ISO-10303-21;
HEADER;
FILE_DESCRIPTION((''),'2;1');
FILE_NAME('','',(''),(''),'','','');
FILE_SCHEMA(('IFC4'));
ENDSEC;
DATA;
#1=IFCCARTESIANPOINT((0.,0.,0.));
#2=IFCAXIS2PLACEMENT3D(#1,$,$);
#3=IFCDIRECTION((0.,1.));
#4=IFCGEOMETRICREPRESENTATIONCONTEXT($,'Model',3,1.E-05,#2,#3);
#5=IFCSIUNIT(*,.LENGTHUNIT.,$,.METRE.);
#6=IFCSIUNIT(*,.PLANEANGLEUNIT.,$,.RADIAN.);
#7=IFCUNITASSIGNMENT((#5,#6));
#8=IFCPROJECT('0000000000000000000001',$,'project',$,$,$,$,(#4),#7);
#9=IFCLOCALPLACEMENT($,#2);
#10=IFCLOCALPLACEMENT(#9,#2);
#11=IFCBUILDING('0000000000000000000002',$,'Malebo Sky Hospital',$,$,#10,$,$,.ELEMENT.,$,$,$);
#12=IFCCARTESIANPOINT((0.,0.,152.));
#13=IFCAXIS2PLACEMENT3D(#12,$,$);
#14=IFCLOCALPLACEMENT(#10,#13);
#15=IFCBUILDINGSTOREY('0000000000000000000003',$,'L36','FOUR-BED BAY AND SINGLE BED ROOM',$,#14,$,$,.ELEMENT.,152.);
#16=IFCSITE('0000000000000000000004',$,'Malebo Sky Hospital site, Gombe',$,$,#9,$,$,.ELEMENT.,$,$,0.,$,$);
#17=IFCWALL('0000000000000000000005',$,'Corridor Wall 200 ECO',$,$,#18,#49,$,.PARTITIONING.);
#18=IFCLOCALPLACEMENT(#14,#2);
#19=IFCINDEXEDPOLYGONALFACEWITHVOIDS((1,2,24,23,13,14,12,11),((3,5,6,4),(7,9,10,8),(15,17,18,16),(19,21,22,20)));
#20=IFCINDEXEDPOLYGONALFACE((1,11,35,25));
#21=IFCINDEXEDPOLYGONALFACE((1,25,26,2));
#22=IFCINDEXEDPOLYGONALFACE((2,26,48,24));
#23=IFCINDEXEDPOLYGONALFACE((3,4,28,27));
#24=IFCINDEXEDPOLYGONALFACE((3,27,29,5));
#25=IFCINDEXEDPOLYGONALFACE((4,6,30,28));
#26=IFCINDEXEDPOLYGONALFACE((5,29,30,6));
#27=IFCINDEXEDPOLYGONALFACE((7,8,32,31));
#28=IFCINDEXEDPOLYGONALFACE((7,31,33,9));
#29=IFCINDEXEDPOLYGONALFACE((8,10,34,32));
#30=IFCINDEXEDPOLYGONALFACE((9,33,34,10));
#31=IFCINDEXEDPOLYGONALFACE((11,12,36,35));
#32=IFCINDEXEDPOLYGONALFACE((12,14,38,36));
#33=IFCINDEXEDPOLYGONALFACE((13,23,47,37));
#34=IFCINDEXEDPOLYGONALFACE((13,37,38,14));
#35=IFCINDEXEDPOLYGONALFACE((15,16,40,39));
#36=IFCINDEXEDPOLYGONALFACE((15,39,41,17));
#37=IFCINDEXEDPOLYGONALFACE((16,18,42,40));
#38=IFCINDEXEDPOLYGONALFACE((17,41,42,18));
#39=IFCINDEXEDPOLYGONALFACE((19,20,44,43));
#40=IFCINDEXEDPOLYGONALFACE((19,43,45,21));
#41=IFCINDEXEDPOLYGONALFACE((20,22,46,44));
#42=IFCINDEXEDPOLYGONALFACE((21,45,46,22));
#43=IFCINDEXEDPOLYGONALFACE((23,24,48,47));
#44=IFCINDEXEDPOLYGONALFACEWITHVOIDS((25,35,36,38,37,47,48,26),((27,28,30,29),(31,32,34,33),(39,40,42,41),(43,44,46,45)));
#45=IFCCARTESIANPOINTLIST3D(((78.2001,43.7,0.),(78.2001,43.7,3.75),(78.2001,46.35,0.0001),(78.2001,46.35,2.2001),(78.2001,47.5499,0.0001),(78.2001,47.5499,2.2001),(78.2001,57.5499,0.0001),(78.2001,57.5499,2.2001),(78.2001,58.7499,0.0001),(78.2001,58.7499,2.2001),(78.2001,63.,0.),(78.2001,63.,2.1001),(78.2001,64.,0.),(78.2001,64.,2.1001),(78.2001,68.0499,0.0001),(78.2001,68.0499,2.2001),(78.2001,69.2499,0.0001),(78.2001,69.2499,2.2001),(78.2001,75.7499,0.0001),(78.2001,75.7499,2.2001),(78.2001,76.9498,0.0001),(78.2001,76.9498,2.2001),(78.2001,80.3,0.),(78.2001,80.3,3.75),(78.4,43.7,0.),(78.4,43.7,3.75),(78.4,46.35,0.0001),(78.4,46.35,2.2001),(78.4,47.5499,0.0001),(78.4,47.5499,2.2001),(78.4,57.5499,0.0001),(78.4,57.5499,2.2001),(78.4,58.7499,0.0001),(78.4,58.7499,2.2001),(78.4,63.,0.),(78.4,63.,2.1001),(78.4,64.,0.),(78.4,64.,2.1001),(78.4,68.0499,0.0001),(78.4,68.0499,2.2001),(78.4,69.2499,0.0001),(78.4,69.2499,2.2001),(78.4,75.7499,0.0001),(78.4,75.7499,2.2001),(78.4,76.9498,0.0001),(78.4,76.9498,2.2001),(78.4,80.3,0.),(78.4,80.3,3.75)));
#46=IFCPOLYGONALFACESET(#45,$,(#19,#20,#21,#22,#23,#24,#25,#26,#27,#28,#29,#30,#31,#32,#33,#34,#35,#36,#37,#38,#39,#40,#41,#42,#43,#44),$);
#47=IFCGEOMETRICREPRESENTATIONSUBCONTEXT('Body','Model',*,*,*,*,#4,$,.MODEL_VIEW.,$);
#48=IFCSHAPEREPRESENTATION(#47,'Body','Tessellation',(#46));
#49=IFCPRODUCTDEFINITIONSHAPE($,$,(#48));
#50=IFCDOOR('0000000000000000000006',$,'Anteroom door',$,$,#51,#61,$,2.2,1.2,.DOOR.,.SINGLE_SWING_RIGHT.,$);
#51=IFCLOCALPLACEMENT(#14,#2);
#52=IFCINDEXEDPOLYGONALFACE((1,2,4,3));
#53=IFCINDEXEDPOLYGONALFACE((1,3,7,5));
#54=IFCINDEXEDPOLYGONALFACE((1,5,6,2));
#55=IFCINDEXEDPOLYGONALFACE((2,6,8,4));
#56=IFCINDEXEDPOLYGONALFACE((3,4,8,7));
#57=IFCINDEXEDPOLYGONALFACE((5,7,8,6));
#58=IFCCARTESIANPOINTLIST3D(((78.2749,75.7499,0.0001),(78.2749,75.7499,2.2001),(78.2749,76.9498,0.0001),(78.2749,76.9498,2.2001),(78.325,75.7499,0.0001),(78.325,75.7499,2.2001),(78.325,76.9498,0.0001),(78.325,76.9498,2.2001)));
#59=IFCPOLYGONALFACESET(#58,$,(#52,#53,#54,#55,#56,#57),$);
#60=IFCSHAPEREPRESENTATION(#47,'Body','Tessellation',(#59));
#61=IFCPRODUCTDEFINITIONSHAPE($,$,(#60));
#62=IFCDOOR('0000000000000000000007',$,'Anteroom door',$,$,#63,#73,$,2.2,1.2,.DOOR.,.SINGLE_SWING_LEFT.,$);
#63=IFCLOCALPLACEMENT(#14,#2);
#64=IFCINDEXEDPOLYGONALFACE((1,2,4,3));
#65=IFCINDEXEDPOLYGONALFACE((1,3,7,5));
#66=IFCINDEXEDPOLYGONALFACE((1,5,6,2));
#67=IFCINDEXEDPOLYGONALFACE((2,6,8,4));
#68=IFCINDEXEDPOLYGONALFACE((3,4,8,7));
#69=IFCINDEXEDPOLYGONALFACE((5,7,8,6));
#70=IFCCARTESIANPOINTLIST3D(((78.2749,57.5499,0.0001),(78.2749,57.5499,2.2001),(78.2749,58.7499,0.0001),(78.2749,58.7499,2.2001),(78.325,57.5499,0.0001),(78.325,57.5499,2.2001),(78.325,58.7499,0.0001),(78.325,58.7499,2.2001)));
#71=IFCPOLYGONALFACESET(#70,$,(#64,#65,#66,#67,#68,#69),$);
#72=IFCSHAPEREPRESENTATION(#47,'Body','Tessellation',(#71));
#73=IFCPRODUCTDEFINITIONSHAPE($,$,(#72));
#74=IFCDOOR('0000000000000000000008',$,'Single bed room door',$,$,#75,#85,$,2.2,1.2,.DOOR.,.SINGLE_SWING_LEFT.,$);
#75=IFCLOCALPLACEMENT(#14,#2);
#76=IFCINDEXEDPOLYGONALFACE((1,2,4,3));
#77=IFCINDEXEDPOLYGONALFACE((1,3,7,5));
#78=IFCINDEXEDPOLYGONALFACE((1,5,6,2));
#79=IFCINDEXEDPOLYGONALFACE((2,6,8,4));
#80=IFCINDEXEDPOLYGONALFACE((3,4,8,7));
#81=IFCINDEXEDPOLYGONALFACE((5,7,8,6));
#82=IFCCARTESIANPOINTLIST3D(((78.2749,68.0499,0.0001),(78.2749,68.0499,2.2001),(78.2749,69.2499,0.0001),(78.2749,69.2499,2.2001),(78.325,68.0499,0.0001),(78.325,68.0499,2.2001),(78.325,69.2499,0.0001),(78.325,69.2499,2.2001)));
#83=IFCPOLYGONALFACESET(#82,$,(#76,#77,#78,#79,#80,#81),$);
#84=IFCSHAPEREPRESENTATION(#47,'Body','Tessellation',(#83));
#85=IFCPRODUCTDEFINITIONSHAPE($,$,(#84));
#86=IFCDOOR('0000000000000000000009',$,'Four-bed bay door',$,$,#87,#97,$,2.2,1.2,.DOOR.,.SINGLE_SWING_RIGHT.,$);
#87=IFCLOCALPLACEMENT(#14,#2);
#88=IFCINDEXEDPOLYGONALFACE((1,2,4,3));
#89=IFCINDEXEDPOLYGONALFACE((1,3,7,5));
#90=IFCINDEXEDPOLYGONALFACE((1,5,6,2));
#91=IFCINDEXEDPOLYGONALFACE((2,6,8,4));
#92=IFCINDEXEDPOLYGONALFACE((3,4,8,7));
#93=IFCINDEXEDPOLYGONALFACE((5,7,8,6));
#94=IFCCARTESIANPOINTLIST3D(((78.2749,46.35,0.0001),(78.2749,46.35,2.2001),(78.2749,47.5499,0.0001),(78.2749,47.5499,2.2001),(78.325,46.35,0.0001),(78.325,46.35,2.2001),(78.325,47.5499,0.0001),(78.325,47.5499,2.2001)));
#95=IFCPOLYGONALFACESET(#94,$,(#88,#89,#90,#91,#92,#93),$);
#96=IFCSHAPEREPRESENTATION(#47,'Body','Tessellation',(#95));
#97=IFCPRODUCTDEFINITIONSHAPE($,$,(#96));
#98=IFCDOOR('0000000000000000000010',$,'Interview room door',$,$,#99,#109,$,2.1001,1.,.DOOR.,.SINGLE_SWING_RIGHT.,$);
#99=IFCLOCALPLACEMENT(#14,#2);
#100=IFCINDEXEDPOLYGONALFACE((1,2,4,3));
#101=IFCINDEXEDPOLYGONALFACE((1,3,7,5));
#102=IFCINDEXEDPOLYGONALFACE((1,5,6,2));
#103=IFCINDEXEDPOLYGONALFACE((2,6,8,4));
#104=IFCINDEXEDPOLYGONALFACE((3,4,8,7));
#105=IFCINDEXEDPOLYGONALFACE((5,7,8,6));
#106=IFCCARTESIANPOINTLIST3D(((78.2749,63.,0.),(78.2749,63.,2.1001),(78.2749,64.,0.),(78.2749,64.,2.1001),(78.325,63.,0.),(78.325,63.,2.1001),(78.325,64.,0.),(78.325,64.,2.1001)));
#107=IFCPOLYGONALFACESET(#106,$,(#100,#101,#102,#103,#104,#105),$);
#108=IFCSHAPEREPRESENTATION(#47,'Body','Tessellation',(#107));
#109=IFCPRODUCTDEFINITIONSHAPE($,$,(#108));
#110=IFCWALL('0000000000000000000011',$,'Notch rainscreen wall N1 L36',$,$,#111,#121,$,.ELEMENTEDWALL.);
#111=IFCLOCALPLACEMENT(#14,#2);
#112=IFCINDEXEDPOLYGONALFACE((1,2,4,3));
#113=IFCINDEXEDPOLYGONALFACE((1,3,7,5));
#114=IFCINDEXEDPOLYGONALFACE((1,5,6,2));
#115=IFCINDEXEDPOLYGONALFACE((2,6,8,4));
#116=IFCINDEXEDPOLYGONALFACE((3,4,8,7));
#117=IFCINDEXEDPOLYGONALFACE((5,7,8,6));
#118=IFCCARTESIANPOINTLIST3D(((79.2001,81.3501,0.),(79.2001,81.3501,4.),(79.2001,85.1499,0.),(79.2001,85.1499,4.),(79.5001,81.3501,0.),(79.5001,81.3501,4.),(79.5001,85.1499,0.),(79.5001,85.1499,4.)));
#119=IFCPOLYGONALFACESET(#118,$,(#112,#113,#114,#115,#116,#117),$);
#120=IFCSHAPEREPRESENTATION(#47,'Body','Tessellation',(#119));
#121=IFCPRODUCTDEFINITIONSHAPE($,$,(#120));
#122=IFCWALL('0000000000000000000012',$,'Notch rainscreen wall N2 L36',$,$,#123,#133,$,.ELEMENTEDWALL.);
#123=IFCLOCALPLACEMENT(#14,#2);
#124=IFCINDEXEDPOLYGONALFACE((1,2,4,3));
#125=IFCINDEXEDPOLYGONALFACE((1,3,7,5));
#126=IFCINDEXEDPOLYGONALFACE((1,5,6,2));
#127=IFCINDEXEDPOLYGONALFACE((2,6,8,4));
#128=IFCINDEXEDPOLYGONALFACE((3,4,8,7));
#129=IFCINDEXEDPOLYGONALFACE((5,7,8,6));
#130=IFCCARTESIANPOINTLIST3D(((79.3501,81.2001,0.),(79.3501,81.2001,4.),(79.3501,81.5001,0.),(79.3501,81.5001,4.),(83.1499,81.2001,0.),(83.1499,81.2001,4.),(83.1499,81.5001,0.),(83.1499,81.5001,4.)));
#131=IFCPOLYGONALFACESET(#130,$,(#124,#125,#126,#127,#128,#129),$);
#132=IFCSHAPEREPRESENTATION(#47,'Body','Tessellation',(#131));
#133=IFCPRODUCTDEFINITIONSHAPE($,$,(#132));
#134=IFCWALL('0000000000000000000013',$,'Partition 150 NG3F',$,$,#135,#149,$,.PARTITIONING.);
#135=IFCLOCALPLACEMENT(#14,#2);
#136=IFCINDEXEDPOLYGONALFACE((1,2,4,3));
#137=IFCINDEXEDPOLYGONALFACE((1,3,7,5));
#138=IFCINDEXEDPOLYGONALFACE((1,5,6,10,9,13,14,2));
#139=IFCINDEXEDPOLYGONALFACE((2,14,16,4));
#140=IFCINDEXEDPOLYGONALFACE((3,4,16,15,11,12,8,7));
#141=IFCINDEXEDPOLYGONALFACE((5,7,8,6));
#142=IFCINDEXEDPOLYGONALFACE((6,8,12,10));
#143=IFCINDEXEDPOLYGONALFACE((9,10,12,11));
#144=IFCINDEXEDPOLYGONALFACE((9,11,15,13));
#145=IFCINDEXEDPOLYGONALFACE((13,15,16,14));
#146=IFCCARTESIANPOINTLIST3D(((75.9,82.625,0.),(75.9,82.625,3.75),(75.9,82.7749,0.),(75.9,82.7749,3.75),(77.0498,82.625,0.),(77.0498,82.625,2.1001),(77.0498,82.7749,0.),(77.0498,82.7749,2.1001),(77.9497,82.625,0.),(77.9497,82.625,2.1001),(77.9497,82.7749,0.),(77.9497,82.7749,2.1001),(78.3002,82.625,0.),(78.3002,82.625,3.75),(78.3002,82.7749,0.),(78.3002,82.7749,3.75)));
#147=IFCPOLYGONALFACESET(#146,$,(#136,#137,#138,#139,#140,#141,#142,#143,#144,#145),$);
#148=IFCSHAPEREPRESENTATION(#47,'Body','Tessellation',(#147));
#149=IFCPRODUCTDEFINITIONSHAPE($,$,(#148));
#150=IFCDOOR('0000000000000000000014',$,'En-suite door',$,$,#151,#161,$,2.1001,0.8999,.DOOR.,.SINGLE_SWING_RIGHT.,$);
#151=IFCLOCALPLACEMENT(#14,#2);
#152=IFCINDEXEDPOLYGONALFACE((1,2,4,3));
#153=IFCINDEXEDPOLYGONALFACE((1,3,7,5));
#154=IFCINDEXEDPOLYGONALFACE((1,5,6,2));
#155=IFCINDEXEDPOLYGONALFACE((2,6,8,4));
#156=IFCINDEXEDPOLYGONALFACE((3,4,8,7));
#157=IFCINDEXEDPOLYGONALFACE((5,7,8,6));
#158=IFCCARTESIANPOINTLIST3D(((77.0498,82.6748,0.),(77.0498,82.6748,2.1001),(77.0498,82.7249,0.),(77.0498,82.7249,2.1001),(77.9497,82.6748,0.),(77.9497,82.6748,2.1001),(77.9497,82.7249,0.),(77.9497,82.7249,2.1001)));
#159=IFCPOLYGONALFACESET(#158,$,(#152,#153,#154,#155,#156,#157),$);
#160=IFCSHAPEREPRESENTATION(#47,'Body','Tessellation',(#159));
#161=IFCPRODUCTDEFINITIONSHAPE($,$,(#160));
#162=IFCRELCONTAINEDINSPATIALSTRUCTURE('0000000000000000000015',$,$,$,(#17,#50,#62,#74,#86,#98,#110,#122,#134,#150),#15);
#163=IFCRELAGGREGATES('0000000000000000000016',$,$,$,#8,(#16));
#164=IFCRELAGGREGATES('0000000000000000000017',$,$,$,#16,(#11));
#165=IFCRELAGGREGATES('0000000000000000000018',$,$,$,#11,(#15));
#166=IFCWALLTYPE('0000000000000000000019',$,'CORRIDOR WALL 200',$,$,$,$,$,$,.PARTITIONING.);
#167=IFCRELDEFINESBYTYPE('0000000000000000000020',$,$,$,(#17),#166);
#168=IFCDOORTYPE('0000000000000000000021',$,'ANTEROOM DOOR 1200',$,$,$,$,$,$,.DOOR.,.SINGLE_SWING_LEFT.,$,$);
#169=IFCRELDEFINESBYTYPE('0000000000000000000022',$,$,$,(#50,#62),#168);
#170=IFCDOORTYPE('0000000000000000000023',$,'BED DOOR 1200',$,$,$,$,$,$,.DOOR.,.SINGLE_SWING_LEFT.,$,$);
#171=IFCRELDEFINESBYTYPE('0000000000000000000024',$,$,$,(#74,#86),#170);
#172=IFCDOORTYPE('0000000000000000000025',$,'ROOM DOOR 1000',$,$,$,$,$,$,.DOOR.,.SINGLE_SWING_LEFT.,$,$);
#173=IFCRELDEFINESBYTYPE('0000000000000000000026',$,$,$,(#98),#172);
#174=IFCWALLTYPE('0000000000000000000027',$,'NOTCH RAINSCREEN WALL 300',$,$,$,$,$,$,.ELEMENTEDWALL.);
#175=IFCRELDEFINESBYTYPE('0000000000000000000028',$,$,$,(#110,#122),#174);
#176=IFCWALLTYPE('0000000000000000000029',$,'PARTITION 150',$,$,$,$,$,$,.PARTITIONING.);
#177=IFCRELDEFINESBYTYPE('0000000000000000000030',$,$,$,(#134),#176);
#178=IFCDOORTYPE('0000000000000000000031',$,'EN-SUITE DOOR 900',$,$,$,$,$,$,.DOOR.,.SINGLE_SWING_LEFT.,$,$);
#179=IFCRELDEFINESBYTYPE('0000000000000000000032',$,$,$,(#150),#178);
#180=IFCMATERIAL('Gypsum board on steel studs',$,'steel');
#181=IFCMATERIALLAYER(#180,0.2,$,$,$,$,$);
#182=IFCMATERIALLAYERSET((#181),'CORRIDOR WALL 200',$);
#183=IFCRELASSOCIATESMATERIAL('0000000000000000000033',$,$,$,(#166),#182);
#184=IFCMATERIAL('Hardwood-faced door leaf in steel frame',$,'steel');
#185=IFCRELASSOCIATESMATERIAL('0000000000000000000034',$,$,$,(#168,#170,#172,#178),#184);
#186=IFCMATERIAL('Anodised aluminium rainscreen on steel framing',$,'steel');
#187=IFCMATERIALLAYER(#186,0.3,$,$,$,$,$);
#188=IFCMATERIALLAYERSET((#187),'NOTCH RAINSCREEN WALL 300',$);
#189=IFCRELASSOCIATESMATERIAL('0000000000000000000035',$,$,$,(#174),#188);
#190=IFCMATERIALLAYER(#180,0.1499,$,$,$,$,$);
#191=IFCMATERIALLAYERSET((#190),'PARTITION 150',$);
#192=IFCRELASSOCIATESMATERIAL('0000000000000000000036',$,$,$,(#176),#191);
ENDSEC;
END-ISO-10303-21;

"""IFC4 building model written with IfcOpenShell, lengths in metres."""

from ifc_helpers import new_model, si_unit, direction, frame, frame_2d, origin, place, context, subcontext, project, spatial, rectangle, extrude, material, layer, layer_set, type_object, element, fill, save


model = new_model("IFC4")

# Units and contexts
model_context = context("Model", 3, precision=1e-05, world=origin(), true_north=direction((0.0, 1.0)))
body_context = subcontext(model_context, "Body", "Model", "MODEL_VIEW")
ifc_project = project(units=[si_unit("LENGTHUNIT", "METRE"), si_unit("PLANEANGLEUNIT", "RADIAN")], contexts=[model_context])

# Site, building, storey
site_placement = place(None, origin())
site = spatial("IfcSite", under=ifc_project, at=site_placement, Name="Malebo Sky Hospital site, Gombe", CompositionType="ELEMENT", RefElevation=0.0)
building_placement = place(site_placement, origin())
building = spatial("IfcBuilding", under=site, at=building_placement, Name="Malebo Sky Hospital", CompositionType="ELEMENT")
storey_placement = place(building_placement, frame((0.0, 0.0, 152.0)))
storey = spatial("IfcBuildingStorey", under=building, at=storey_placement, Name="L36", Description="FOUR-BED BAY AND SINGLE BED ROOM", CompositionType="ELEMENT", Elevation=152.0)

# Wall, openings, doors
ifc_material_1 = material(Name="Gypsum board on steel studs", Category="steel")
ifc_layer_1 = layer(ifc_material_1, 0.2)
ifc_layer_set_1 = layer_set([ifc_layer_1], Name="CORRIDOR WALL 200")
wall_type_1 = type_object("IfcWallType", Name="CORRIDOR WALL 200", PredefinedType="PARTITIONING", material=ifc_layer_set_1)
wall_1_placement = place(storey_placement, frame((78.3, 80.3, 0.0), z_axis=(0.0, 0.0, 1.0), x_axis=(0.0, -1.0, 0.0)))
wall_1 = element("IfcWall", 1, at=wall_1_placement, inside=storey, type_object=wall_type_1, Name="Corridor Wall 200 ECO", PredefinedType="PARTITIONING", context=body_context, shape_type="SweptSolid", body=[
    extrude(rectangle(XDim=36.6001, YDim=0.2, at=frame_2d((18.3, 0.0))), origin(), (0.0, 0.0, 1.0), 3.75),
])
opening_1_placement = place(wall_1_placement, frame((3.3501, 0.0, 0.0)))
opening_1 = element("IfcOpeningElement", 2, at=opening_1_placement, cuts=wall_1, PredefinedType="OPENING", context=body_context, shape_type="SweptSolid", body=[
    extrude(rectangle(XDim=1.2, YDim=2.2, at=frame_2d((0.6001, 1.1001))), frame((0.0, 0.1099, 0.0), z_axis=(0.0, -1.0, 0.0), x_axis=(1.0, 0.0, 0.0)), (0.0, 0.0, 1.0), 0.22),
])
opening_2_placement = place(wall_1_placement, frame((11.05, 0.0, 0.0)))
opening_2 = element("IfcOpeningElement", 3, at=opening_2_placement, cuts=wall_1, PredefinedType="OPENING", context=body_context, shape_type="SweptSolid", body=[
    extrude(rectangle(XDim=1.2, YDim=2.2, at=frame_2d((0.6001, 1.1001))), frame((0.0, 0.1099, 0.0), z_axis=(0.0, -1.0, 0.0), x_axis=(1.0, 0.0, 0.0)), (0.0, 0.0, 1.0), 0.22),
])
opening_3_placement = place(wall_1_placement, frame((16.3, 0.0, 0.0)))
opening_3 = element("IfcOpeningElement", 4, at=opening_3_placement, cuts=wall_1, PredefinedType="OPENING", context=body_context, shape_type="SweptSolid", body=[
    extrude(rectangle(XDim=1.0, YDim=2.1001, at=frame_2d((0.5, 1.05))), frame((0.0, 0.1099, 0.0), z_axis=(0.0, -1.0, 0.0), x_axis=(1.0, 0.0, 0.0)), (0.0, 0.0, 1.0), 0.22),
])
opening_4_placement = place(wall_1_placement, frame((21.55, 0.0, 0.0)))
opening_4 = element("IfcOpeningElement", 5, at=opening_4_placement, cuts=wall_1, PredefinedType="OPENING", context=body_context, shape_type="SweptSolid", body=[
    extrude(rectangle(XDim=1.2, YDim=2.2, at=frame_2d((0.6001, 1.1001))), frame((0.0, 0.1099, 0.0), z_axis=(0.0, -1.0, 0.0), x_axis=(1.0, 0.0, 0.0)), (0.0, 0.0, 1.0), 0.22),
])
opening_5_placement = place(wall_1_placement, frame((32.75, 0.0, 0.0)))
opening_5 = element("IfcOpeningElement", 6, at=opening_5_placement, cuts=wall_1, PredefinedType="OPENING", context=body_context, shape_type="SweptSolid", body=[
    extrude(rectangle(XDim=1.2, YDim=2.2, at=frame_2d((0.6001, 1.1001))), frame((0.0, 0.1099, 0.0), z_axis=(0.0, -1.0, 0.0), x_axis=(1.0, 0.0, 0.0)), (0.0, 0.0, 1.0), 0.22),
])
ifc_material_2 = material(Name="Hardwood-faced door leaf in steel frame", Category="steel")
door_type_1 = type_object("IfcDoorType", Name="ANTEROOM DOOR 1200", OperationType="SINGLE_SWING_LEFT", PredefinedType="DOOR", material=ifc_material_2)
door_1_placement = place(opening_1_placement, origin())
door_1 = element("IfcDoor", 7, at=door_1_placement, inside=storey, type_object=door_type_1, Name="Anteroom door", OperationType="SINGLE_SWING_RIGHT", OverallHeight=2.2, OverallWidth=1.2, PredefinedType="DOOR", context=body_context, shape_type="SweptSolid", body=[
    extrude(rectangle(XDim=1.2, YDim=2.2, at=frame_2d((0.6001, 1.1001))), frame((0.0, 0.0249, 0.0), z_axis=(0.0, -1.0, 0.0), x_axis=(1.0, 0.0, 0.0)), (0.0, 0.0, 1.0), 0.05),
])
fill(opening_1, door_1)
door_2_placement = place(opening_4_placement, origin())
door_2 = element("IfcDoor", 8, at=door_2_placement, inside=storey, type_object=door_type_1, Name="Anteroom door", OperationType="SINGLE_SWING_LEFT", OverallHeight=2.2, OverallWidth=1.2, PredefinedType="DOOR", context=body_context, shape_type="SweptSolid", body=[
    extrude(rectangle(XDim=1.2, YDim=2.2, at=frame_2d((0.6001, 1.1001))), frame((0.0, 0.0249, 0.0), z_axis=(0.0, -1.0, 0.0), x_axis=(1.0, 0.0, 0.0)), (0.0, 0.0, 1.0), 0.05),
])
fill(opening_4, door_2)
door_type_2 = type_object("IfcDoorType", Name="BED DOOR 1200", OperationType="SINGLE_SWING_LEFT", PredefinedType="DOOR", material=ifc_material_2)
door_3_placement = place(opening_2_placement, origin())
door_3 = element("IfcDoor", 9, at=door_3_placement, inside=storey, type_object=door_type_2, Name="Single bed room door", OperationType="SINGLE_SWING_LEFT", OverallHeight=2.2, OverallWidth=1.2, PredefinedType="DOOR", context=body_context, shape_type="SweptSolid", body=[
    extrude(rectangle(XDim=1.2, YDim=2.2, at=frame_2d((0.6001, 1.1001))), frame((0.0, 0.0249, 0.0), z_axis=(0.0, -1.0, 0.0), x_axis=(1.0, 0.0, 0.0)), (0.0, 0.0, 1.0), 0.05),
])
fill(opening_2, door_3)
door_4_placement = place(opening_5_placement, origin())
door_4 = element("IfcDoor", 10, at=door_4_placement, inside=storey, type_object=door_type_2, Name="Four-bed bay door", OperationType="SINGLE_SWING_RIGHT", OverallHeight=2.2, OverallWidth=1.2, PredefinedType="DOOR", context=body_context, shape_type="SweptSolid", body=[
    extrude(rectangle(XDim=1.2, YDim=2.2, at=frame_2d((0.6001, 1.1001))), frame((0.0, 0.0249, 0.0), z_axis=(0.0, -1.0, 0.0), x_axis=(1.0, 0.0, 0.0)), (0.0, 0.0, 1.0), 0.05),
])
fill(opening_5, door_4)
door_type_3 = type_object("IfcDoorType", Name="ROOM DOOR 1000", OperationType="SINGLE_SWING_LEFT", PredefinedType="DOOR", material=ifc_material_2)
door_5_placement = place(opening_3_placement, origin())
door_5 = element("IfcDoor", 11, at=door_5_placement, inside=storey, type_object=door_type_3, Name="Interview room door", OperationType="SINGLE_SWING_RIGHT", OverallHeight=2.1001, OverallWidth=1.0, PredefinedType="DOOR", context=body_context, shape_type="SweptSolid", body=[
    extrude(rectangle(XDim=1.0, YDim=2.1001, at=frame_2d((0.5, 1.05))), frame((0.0, 0.0249, 0.0), z_axis=(0.0, -1.0, 0.0), x_axis=(1.0, 0.0, 0.0)), (0.0, 0.0, 1.0), 0.05),
])
fill(opening_3, door_5)

# Walls
ifc_material_3 = material(Name="Anodised aluminium rainscreen on steel framing", Category="steel")
ifc_layer_2 = layer(ifc_material_3, 0.3)
ifc_layer_set_2 = layer_set([ifc_layer_2], Name="NOTCH RAINSCREEN WALL 300")
wall_type_2 = type_object("IfcWallType", Name="NOTCH RAINSCREEN WALL 300", PredefinedType="ELEMENTEDWALL", material=ifc_layer_set_2)
for number, where, z_axis, x_axis, name in (
    (12, (79.3501, 85.1499, 0.0), (0.0, 0.0, 1.0), (0.0, -1.0, 0.0), "Notch rainscreen wall N1 L36"),
    (13, (79.3501, 81.3501, 0.0), (0.0, 0.0, 1.0), (1.0, 0.0, 0.0), "Notch rainscreen wall N2 L36"),
):
    element("IfcWall", number, at=place(storey_placement, frame(where, z_axis=z_axis, x_axis=x_axis)), inside=storey, type_object=wall_type_2, Name=name, PredefinedType="ELEMENTEDWALL", context=body_context, shape_type="SweptSolid", body=[
        extrude(rectangle(XDim=3.7998, YDim=0.3, at=frame_2d((1.8999, 0.0))), origin(), (0.0, 0.0, 1.0), 4.0),
    ])

# Wall, opening, door
ifc_layer_3 = layer(ifc_material_1, 0.1499)
ifc_layer_set_3 = layer_set([ifc_layer_3], Name="PARTITION 150")
wall_type_3 = type_object("IfcWallType", Name="PARTITION 150", PredefinedType="PARTITIONING", material=ifc_layer_set_3)
wall_2_placement = place(storey_placement, frame((75.8999, 82.7, 0.0), z_axis=(0.0, 0.0, 1.0), x_axis=(1.0, 0.0, 0.0)))
wall_2 = element("IfcWall", 14, at=wall_2_placement, inside=storey, type_object=wall_type_3, Name="Partition 150 NG3F", PredefinedType="PARTITIONING", context=body_context, shape_type="SweptSolid", body=[
    extrude(rectangle(XDim=2.4001, YDim=0.1499, at=frame_2d((1.2002, 0.0))), origin(), (0.0, 0.0, 1.0), 3.75),
])
opening_6_placement = place(wall_2_placement, frame((1.1499, 0.0, 0.0)))
opening_6 = element("IfcOpeningElement", 15, at=opening_6_placement, cuts=wall_2, PredefinedType="OPENING", context=body_context, shape_type="SweptSolid", body=[
    extrude(rectangle(XDim=0.8999, YDim=2.1001, at=frame_2d((0.45, 1.05))), frame((0.0, 0.085, 0.0), z_axis=(0.0, -1.0, 0.0), x_axis=(1.0, 0.0, 0.0)), (0.0, 0.0, 1.0), 0.1699),
])
door_type_4 = type_object("IfcDoorType", Name="EN-SUITE DOOR 900", OperationType="SINGLE_SWING_LEFT", PredefinedType="DOOR", material=ifc_material_2)
door_6_placement = place(opening_6_placement, origin())
door_6 = element("IfcDoor", 16, at=door_6_placement, inside=storey, type_object=door_type_4, Name="En-suite door", OperationType="SINGLE_SWING_RIGHT", OverallHeight=2.1001, OverallWidth=0.8999, PredefinedType="DOOR", context=body_context, shape_type="SweptSolid", body=[
    extrude(rectangle(XDim=0.8999, YDim=2.1001, at=frame_2d((0.45, 1.05))), frame((0.0, 0.0249, 0.0), z_axis=(0.0, -1.0, 0.0), x_axis=(1.0, 0.0, 0.0)), (0.0, 0.0, 1.0), 0.05),
])
fill(opening_6, door_6)

save(model, "model.ifc")
